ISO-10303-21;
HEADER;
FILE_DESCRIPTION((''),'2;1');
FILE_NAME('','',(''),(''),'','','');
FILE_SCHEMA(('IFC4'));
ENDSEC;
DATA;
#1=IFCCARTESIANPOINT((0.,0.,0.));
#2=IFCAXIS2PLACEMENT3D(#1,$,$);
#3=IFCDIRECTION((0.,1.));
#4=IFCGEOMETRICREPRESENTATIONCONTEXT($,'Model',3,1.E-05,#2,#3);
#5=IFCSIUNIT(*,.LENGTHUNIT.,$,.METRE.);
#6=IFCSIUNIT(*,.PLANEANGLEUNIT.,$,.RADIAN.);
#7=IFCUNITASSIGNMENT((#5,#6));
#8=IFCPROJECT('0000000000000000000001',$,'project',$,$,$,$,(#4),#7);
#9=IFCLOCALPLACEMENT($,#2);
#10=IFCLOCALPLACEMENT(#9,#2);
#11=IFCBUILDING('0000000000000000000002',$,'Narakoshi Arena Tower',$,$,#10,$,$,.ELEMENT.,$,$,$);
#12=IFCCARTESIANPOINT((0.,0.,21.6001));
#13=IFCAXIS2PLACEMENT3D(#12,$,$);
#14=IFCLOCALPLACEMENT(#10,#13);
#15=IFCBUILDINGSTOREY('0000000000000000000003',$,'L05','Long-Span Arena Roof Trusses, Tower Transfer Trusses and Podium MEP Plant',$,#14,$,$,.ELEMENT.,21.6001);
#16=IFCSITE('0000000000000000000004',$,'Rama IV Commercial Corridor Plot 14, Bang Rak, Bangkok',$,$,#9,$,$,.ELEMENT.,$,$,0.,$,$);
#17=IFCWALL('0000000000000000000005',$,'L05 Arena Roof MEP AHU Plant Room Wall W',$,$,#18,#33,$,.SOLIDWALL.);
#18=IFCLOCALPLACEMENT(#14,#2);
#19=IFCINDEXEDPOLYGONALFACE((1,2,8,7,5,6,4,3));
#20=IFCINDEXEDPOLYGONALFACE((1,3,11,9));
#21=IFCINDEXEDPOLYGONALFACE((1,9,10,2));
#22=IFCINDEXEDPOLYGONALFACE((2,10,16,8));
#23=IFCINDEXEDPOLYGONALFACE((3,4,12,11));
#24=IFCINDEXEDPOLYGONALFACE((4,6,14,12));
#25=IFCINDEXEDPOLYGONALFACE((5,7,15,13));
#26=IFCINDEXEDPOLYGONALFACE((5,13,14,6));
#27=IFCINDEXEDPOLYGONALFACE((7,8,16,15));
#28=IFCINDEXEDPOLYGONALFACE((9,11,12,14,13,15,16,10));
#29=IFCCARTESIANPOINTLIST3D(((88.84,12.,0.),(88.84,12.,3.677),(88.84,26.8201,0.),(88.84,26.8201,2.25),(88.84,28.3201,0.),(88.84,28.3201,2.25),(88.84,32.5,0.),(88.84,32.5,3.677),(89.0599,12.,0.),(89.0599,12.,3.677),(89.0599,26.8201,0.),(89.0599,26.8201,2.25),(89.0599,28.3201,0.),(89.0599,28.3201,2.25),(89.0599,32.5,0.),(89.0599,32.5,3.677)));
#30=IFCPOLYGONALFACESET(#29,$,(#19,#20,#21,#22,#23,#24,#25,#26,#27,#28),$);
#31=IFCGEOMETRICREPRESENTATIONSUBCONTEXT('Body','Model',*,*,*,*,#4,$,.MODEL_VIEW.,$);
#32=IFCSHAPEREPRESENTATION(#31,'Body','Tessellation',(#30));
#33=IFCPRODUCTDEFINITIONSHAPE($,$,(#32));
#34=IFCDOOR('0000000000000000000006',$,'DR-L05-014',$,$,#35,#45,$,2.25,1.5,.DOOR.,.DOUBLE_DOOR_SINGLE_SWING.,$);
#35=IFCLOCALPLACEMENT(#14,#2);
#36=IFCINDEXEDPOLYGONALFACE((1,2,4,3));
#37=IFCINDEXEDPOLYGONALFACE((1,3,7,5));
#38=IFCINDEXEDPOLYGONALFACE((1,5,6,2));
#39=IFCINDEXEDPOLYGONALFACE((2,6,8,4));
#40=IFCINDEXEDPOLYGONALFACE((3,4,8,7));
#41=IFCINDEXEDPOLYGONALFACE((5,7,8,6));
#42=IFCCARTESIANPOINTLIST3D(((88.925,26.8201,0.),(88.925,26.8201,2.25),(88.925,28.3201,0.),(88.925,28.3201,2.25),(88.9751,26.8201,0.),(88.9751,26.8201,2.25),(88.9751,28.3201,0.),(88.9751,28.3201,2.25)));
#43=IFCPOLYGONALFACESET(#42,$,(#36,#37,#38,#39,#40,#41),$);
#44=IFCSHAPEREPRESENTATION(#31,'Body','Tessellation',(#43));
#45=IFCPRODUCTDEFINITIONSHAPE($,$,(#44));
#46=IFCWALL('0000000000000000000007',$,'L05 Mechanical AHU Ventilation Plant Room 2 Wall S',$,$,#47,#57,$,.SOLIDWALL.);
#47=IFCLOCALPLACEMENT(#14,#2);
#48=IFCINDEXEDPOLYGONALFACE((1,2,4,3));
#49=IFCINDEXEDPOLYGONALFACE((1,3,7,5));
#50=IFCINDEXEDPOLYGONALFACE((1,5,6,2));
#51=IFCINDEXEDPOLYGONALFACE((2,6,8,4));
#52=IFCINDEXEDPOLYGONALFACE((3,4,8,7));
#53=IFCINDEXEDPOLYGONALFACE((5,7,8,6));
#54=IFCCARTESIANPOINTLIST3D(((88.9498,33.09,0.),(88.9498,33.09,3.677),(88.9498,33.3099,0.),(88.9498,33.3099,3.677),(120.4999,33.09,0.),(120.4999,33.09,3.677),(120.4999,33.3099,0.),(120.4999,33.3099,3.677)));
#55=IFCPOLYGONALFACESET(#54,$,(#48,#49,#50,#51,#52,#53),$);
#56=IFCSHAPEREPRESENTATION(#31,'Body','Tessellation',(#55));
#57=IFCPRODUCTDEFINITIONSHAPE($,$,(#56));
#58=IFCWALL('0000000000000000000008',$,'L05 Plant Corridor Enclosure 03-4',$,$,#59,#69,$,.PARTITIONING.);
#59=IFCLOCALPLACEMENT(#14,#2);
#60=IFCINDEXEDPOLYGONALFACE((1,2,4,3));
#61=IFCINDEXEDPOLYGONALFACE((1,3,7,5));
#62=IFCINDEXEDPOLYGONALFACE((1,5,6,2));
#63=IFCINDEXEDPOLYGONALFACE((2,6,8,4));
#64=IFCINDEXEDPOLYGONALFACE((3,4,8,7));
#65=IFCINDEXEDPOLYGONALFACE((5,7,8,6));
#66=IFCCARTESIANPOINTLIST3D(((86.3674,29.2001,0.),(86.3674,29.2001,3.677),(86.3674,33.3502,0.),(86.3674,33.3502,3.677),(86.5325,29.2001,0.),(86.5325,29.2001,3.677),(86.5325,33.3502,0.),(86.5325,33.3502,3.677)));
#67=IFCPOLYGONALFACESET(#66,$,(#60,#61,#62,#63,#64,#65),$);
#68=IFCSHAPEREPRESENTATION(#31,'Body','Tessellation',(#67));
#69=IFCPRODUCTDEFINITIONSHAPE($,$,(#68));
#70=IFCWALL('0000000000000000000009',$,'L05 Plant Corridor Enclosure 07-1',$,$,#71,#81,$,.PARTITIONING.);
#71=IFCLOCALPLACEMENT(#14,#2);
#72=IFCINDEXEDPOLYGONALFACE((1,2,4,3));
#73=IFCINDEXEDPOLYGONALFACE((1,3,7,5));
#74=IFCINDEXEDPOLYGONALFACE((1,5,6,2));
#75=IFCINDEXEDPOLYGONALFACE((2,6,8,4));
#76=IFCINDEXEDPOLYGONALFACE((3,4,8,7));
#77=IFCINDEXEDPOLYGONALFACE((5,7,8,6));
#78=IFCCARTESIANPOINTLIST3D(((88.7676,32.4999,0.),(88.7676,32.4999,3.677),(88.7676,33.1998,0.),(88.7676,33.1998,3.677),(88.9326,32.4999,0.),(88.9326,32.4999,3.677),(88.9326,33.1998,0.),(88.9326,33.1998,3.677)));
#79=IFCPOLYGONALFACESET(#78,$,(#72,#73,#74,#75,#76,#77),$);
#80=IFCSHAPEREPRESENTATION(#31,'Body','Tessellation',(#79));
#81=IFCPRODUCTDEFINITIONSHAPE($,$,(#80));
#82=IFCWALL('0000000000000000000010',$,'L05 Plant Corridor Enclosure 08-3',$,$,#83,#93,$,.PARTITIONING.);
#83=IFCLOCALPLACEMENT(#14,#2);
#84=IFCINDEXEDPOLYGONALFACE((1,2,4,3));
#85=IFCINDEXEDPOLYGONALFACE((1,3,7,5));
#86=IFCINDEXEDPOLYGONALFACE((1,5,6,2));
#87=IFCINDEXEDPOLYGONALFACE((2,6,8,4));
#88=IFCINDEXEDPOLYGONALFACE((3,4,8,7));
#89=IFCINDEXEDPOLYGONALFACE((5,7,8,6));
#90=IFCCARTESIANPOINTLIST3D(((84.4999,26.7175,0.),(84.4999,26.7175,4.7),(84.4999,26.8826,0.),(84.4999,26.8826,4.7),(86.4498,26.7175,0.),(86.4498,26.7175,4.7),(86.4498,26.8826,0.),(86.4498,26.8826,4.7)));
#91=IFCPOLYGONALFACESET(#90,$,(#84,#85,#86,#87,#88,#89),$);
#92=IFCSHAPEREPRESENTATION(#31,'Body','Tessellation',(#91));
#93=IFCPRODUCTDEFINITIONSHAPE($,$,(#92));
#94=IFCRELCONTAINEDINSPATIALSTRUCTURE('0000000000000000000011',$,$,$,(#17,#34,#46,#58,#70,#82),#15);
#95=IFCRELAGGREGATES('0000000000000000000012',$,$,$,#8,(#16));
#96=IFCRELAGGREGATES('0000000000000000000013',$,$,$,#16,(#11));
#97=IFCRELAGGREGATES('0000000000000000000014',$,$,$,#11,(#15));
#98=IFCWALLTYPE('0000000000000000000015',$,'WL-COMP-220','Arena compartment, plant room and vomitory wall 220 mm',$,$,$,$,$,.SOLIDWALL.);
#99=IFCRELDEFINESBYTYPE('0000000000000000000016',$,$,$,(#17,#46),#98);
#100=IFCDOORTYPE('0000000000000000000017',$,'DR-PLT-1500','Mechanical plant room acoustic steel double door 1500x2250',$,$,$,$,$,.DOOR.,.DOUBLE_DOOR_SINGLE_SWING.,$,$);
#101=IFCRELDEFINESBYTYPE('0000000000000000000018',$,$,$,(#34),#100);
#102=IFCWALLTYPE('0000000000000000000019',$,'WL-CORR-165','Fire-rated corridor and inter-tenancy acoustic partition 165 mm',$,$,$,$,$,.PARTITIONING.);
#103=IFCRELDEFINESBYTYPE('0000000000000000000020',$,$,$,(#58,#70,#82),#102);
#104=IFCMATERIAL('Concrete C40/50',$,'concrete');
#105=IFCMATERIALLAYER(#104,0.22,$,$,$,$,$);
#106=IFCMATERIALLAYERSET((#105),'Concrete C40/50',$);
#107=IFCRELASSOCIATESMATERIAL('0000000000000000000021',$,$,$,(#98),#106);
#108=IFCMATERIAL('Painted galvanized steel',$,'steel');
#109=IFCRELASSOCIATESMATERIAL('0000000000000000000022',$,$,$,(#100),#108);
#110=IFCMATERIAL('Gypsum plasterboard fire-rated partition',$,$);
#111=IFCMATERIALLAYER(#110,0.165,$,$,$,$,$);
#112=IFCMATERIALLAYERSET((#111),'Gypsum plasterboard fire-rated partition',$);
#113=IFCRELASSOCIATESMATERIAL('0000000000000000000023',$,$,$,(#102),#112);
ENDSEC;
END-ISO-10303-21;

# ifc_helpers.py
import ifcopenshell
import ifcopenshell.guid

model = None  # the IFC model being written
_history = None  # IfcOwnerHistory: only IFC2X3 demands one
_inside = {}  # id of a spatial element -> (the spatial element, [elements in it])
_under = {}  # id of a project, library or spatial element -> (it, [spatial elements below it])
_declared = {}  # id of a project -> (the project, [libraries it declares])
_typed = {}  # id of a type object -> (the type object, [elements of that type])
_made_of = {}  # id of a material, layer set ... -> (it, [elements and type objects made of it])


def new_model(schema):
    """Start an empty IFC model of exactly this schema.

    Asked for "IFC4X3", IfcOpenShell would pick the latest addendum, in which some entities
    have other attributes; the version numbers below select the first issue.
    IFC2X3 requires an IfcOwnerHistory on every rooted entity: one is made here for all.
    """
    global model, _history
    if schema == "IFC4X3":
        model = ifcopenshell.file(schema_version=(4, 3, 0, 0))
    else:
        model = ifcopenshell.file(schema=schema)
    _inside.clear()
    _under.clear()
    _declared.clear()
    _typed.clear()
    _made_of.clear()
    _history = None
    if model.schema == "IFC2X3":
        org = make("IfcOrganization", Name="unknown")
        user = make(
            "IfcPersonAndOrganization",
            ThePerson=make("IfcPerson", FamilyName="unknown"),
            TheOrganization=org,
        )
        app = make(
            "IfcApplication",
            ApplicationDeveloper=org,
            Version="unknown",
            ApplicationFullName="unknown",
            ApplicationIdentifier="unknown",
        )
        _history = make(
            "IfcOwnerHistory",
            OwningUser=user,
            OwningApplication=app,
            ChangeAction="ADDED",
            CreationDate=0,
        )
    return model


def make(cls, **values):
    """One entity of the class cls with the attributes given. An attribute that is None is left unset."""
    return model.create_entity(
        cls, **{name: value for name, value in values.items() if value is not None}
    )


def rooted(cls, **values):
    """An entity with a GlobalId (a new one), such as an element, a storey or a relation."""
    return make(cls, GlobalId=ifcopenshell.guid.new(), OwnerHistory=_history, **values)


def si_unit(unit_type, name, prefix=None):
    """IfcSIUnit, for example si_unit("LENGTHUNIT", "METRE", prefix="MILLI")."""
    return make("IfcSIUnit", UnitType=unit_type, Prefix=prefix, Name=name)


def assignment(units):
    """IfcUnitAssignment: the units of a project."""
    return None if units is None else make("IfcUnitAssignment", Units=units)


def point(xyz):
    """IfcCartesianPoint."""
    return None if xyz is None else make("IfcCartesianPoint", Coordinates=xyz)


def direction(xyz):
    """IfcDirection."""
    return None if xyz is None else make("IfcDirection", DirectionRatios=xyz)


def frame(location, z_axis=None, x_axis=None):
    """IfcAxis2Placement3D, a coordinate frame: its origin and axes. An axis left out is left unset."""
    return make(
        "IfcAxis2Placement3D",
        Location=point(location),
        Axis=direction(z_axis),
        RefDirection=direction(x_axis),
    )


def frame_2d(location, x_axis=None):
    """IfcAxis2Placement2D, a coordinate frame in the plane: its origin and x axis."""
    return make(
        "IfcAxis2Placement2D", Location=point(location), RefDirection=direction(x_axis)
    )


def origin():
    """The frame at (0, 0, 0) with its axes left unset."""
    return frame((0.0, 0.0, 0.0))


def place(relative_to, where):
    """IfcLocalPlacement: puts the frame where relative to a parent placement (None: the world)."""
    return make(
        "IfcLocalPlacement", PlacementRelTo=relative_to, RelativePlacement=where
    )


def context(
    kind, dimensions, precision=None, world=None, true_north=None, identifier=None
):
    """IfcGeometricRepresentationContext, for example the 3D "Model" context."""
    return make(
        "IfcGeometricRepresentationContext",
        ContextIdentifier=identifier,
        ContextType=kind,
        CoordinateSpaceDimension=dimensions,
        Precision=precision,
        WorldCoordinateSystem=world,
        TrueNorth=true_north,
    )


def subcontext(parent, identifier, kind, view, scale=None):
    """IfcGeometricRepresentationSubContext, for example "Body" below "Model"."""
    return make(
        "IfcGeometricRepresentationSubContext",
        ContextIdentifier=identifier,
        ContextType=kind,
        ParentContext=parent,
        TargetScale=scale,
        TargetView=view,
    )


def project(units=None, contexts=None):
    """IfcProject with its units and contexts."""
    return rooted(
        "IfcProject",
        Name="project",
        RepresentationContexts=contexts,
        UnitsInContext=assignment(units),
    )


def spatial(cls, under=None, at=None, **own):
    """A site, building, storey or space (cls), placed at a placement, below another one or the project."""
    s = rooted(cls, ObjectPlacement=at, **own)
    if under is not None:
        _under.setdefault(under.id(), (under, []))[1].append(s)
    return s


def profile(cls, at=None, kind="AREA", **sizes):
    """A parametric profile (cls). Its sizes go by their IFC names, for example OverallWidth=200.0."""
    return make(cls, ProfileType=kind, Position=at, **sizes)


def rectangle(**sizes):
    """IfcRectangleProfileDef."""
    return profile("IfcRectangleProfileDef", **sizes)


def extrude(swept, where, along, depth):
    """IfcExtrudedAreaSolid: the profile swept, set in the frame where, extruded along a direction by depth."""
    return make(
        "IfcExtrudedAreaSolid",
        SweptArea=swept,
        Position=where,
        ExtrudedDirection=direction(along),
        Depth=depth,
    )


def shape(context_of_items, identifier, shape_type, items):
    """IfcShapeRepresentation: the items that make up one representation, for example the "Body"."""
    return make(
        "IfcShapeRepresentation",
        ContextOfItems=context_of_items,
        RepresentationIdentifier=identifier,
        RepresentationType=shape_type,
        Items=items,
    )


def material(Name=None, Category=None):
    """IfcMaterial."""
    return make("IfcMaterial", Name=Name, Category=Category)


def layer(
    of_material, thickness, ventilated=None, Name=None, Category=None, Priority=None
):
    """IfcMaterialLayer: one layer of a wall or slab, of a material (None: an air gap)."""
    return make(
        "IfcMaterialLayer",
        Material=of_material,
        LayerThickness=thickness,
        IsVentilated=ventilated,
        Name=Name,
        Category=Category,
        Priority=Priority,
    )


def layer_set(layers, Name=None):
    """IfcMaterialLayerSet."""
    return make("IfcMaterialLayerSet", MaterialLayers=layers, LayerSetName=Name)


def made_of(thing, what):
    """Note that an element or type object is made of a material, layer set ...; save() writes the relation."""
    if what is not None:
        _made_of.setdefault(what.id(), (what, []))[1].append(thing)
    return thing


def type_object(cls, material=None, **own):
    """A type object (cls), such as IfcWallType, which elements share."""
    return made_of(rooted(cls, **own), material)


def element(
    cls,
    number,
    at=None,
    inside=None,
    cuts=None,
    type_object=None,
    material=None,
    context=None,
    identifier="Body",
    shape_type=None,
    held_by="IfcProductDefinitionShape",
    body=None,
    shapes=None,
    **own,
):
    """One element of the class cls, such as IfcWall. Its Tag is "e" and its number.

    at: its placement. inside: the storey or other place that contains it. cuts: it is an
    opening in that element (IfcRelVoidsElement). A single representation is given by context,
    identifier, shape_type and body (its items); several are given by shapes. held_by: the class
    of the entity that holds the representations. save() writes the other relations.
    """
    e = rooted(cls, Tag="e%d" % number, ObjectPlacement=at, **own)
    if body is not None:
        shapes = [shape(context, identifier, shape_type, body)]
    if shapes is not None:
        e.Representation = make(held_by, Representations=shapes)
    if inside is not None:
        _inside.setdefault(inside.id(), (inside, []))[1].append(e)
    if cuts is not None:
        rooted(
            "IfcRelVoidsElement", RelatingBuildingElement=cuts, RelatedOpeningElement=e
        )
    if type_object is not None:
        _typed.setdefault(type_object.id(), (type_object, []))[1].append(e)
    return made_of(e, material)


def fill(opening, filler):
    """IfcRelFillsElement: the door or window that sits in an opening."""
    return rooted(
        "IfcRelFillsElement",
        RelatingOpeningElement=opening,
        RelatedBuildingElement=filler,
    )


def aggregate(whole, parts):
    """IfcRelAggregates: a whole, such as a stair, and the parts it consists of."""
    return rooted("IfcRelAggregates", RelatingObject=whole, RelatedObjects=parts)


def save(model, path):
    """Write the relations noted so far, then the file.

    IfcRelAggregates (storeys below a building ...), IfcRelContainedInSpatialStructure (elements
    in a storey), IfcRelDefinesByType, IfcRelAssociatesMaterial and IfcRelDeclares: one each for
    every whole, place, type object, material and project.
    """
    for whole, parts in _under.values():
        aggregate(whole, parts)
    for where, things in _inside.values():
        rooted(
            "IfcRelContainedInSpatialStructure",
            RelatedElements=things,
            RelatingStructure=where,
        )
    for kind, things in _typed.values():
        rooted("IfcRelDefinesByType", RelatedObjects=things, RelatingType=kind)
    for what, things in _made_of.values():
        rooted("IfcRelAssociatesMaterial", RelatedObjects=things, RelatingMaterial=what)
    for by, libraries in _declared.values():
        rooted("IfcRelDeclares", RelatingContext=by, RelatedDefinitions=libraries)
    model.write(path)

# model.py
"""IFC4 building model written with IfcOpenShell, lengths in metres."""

from ifc_helpers import new_model, si_unit, direction, frame, frame_2d, origin, place, context, subcontext, project, spatial, rectangle, extrude, material, layer, layer_set, type_object, element, fill, save


model = new_model("IFC4")

# Units and contexts
model_context = context("Model", 3, precision=1e-05, world=origin(), true_north=direction((0.0, 1.0)))
body_context = subcontext(model_context, "Body", "Model", "MODEL_VIEW")
ifc_project = project(units=[si_unit("LENGTHUNIT", "METRE"), si_unit("PLANEANGLEUNIT", "RADIAN")], contexts=[model_context])

# Site, building, storey
site_placement = place(None, origin())
site = spatial("IfcSite", under=ifc_project, at=site_placement, Name="Rama IV Commercial Corridor Plot 14, Bang Rak, Bangkok", CompositionType="ELEMENT", RefElevation=0.0)
building_placement = place(site_placement, origin())
building = spatial("IfcBuilding", under=site, at=building_placement, Name="Narakoshi Arena Tower", CompositionType="ELEMENT")
storey_placement = place(building_placement, frame((0.0, 0.0, 21.6001)))
storey = spatial("IfcBuildingStorey", under=building, at=storey_placement, Name="L05", Description="Long-Span Arena Roof Trusses, Tower Transfer Trusses and Podium MEP Plant", CompositionType="ELEMENT", Elevation=21.6001)

# Wall, opening, door
ifc_material_1 = material(Name="Concrete C40/50", Category="concrete")
ifc_layer_1 = layer(ifc_material_1, 0.22)
ifc_layer_set_1 = layer_set([ifc_layer_1], Name="Concrete C40/50")
wall_type_1 = type_object("IfcWallType", Name="WL-COMP-220", Description="Arena compartment, plant room and vomitory wall 220 mm", PredefinedType="SOLIDWALL", material=ifc_layer_set_1)
wall_1_placement = place(storey_placement, frame((88.95, 32.5, 0.0), z_axis=(0.0, 0.0, 1.0), x_axis=(0.0, -1.0, 0.0)))
wall_1 = element("IfcWall", 1, at=wall_1_placement, inside=storey, type_object=wall_type_1, Name="L05 Arena Roof MEP AHU Plant Room Wall W", PredefinedType="SOLIDWALL", context=body_context, shape_type="SweptSolid", body=[
    extrude(rectangle(XDim=20.5, YDim=0.22, at=frame_2d((10.25, 0.0))), origin(), (0.0, 0.0, 1.0), 3.677),
])
opening_placement = place(wall_1_placement, frame((4.1799, 0.0, 0.0)))
opening = element("IfcOpeningElement", 2, at=opening_placement, cuts=wall_1, PredefinedType="OPENING", context=body_context, shape_type="SweptSolid", body=[
    extrude(rectangle(XDim=1.5, YDim=2.25, at=frame_2d((0.75, 1.125))), frame((0.0, 0.1199, 0.0), z_axis=(0.0, -1.0, 0.0), x_axis=(1.0, 0.0, 0.0)), (0.0, 0.0, 1.0), 0.24),
])
ifc_material_2 = material(Name="Painted galvanized steel", Category="steel")
door_type = type_object("IfcDoorType", Name="DR-PLT-1500", Description="Mechanical plant room acoustic steel double door 1500x2250", OperationType="DOUBLE_DOOR_SINGLE_SWING", PredefinedType="DOOR", material=ifc_material_2)
door_placement = place(opening_placement, frame((1.5, 0.0, 0.0), z_axis=(0.0, 0.0, 1.0), x_axis=(-1.0, 0.0, 0.0)))
door = element("IfcDoor", 3, at=door_placement, inside=storey, type_object=door_type, Name="DR-L05-014", OperationType="DOUBLE_DOOR_SINGLE_SWING", OverallHeight=2.25, OverallWidth=1.5, PredefinedType="DOOR", context=body_context, shape_type="SweptSolid", body=[
    extrude(rectangle(XDim=1.5, YDim=2.25, at=frame_2d((0.75, 1.125))), frame((0.0, 0.0249, 0.0), z_axis=(0.0, -1.0, 0.0), x_axis=(1.0, 0.0, 0.0)), (0.0, 0.0, 1.0), 0.05),
])
fill(opening, door)

# Walls
wall_2_placement = place(storey_placement, frame((88.95, 33.2, 0.0), z_axis=(0.0, 0.0, 1.0), x_axis=(1.0, 0.0, 0.0)))
element("IfcWall", 4, at=wall_2_placement, inside=storey, type_object=wall_type_1, Name="L05 Mechanical AHU Ventilation Plant Room 2 Wall S", PredefinedType="SOLIDWALL", context=body_context, shape_type="SweptSolid", body=[
    extrude(rectangle(XDim=31.55, YDim=0.22, at=frame_2d((15.7749, 0.0))), origin(), (0.0, 0.0, 1.0), 3.677),
])
ifc_material_3 = material(Name="Gypsum plasterboard fire-rated partition")
ifc_layer_2 = layer(ifc_material_3, 0.165)
ifc_layer_set_2 = layer_set([ifc_layer_2], Name="Gypsum plasterboard fire-rated partition")
wall_type_2 = type_object("IfcWallType", Name="WL-CORR-165", Description="Fire-rated corridor and inter-tenancy acoustic partition 165 mm", PredefinedType="PARTITIONING", material=ifc_layer_set_2)
wall_3_placement = place(storey_placement, frame((86.45, 29.2, 0.0), z_axis=(0.0, 0.0, 1.0), x_axis=(0.0, 1.0, 0.0)))
element("IfcWall", 5, at=wall_3_placement, inside=storey, type_object=wall_type_2, Name="L05 Plant Corridor Enclosure 03-4", PredefinedType="PARTITIONING", context=body_context, shape_type="SweptSolid", body=[
    extrude(rectangle(XDim=4.1501, YDim=0.165, at=frame_2d((2.0752, 0.0))), origin(), (0.0, 0.0, 1.0), 3.677),
])
wall_4_placement = place(storey_placement, frame((88.8501, 33.2, 0.0), z_axis=(0.0, 0.0, 1.0), x_axis=(0.0, -1.0, 0.0)))
element("IfcWall", 6, at=wall_4_placement, inside=storey, type_object=wall_type_2, Name="L05 Plant Corridor Enclosure 07-1", PredefinedType="PARTITIONING", context=body_context, shape_type="SweptSolid", body=[
    extrude(rectangle(XDim=0.7, YDim=0.165, at=frame_2d((0.3501, 0.0))), origin(), (0.0, 0.0, 1.0), 3.677),
])
wall_5_placement = place(storey_placement, frame((86.45, 26.8, 0.0), z_axis=(0.0, 0.0, 1.0), x_axis=(-1.0, 0.0, 0.0)))
element("IfcWall", 7, at=wall_5_placement, inside=storey, type_object=wall_type_2, Name="L05 Plant Corridor Enclosure 08-3", PredefinedType="PARTITIONING", context=body_context, shape_type="SweptSolid", body=[
    extrude(rectangle(XDim=1.95, YDim=0.165, at=frame_2d((0.9751, 0.0))), origin(), (0.0, 0.0, 1.0), 4.7),
])

save(model, "model.ifc")
